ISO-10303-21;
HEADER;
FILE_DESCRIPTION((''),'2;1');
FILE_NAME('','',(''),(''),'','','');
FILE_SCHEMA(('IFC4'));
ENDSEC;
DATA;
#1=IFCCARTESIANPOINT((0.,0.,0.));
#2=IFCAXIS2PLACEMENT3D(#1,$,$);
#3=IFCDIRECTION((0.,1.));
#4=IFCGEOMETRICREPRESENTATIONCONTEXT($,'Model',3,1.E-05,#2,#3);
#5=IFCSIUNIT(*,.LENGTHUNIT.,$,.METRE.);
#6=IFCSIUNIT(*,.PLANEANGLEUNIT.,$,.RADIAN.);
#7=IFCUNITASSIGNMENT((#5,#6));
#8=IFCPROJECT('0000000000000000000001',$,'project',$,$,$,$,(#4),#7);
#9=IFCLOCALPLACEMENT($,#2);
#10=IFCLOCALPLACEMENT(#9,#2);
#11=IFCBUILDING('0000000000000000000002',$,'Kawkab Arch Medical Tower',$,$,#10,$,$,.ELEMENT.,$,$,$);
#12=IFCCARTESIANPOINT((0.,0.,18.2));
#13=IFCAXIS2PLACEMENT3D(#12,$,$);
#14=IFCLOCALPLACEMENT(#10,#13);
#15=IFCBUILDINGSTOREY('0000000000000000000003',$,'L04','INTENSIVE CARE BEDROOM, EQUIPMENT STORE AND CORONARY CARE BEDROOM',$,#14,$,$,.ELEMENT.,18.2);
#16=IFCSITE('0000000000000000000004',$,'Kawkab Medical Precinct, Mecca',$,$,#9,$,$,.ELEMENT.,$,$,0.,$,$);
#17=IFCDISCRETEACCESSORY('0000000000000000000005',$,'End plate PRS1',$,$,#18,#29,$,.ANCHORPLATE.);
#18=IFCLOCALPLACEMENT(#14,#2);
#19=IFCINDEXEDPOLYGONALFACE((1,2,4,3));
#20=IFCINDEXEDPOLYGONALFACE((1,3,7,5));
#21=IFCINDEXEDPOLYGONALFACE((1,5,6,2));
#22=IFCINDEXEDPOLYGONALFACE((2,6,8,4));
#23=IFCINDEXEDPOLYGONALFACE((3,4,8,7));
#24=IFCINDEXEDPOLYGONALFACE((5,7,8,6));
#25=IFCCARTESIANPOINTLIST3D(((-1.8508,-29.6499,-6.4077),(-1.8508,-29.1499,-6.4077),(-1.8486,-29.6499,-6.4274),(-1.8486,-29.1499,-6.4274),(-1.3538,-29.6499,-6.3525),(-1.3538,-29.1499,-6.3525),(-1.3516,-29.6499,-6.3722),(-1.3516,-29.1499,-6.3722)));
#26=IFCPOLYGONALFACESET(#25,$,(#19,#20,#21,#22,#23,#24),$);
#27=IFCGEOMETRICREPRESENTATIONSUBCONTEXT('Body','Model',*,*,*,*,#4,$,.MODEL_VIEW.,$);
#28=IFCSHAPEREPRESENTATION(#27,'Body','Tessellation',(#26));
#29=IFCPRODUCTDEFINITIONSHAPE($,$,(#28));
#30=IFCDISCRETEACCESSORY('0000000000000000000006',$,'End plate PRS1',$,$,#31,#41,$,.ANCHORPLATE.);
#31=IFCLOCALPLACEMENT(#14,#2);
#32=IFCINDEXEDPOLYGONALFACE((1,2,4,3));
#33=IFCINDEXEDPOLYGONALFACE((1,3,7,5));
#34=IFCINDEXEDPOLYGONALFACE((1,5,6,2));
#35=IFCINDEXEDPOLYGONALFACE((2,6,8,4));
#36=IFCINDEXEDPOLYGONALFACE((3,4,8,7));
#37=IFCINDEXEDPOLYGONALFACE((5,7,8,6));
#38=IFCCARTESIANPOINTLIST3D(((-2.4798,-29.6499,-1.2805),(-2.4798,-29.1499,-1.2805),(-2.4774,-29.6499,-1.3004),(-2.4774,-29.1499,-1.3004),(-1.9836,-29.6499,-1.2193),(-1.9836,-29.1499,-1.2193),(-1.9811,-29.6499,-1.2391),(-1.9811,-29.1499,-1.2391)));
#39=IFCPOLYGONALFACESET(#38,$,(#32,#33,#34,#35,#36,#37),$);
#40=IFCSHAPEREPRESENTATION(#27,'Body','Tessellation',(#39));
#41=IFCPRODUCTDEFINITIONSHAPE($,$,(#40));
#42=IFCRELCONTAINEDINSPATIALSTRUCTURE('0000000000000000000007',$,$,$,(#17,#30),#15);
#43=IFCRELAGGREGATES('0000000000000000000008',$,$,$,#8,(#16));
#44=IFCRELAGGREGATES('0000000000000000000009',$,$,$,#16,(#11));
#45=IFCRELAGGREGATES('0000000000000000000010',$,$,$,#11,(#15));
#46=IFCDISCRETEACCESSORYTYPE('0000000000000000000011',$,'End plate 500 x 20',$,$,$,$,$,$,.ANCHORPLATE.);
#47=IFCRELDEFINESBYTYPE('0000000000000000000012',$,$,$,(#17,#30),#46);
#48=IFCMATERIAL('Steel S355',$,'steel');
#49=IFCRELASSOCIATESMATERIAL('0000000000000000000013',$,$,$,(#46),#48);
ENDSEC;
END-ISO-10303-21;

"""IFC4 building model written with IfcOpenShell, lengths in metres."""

from ifc_helpers import new_model, si_unit, direction, frame, origin, origin_2d, place, context, subcontext, project, spatial, rectangle, extrude, material, material_profile, profile_set, type_object, element, save


model = new_model("IFC4")

# Units and contexts
model_context = context("Model", 3, precision=1e-05, world=origin(), true_north=direction((0.0, 1.0)))
body_context = subcontext(model_context, "Body", "Model", "MODEL_VIEW")
ifc_project = project(units=[si_unit("LENGTHUNIT", "METRE"), si_unit("PLANEANGLEUNIT", "RADIAN")], contexts=[model_context])

# Site, building, storey
site_placement = place(None, origin())
site = spatial("IfcSite", under=ifc_project, at=site_placement, Name="Kawkab Medical Precinct, Mecca", CompositionType="ELEMENT", RefElevation=0.0)
building_placement = place(site_placement, origin())
building = spatial("IfcBuilding", under=site, at=building_placement, Name="Kawkab Arch Medical Tower", CompositionType="ELEMENT")
storey_placement = place(building_placement, frame((0.0, 0.0, 18.2)))
storey = spatial("IfcBuildingStorey", under=building, at=storey_placement, Name="L04", Description="INTENSIVE CARE BEDROOM, EQUIPMENT STORE AND CORONARY CARE BEDROOM", CompositionType="ELEMENT", Elevation=18.2)

# Discrete accessories
ifc_material_1 = material(Name="Steel S355", Category="steel")
ifc_material_profile_1 = material_profile(ifc_material_1, rectangle(XDim=0.5, YDim=0.5, at=origin_2d()), Name="End plate 500 x 20")
ifc_profile_set_1 = profile_set([ifc_material_profile_1], Name="Steel S355")
discrete_accessory_type = type_object("IfcDiscreteAccessoryType", Name="End plate 500 x 20", PredefinedType="ANCHORPLATE", material=ifc_profile_set_1)
discrete_accessory_1_placement = place(storey_placement, frame((-1.6023, -29.3999, -6.3801), z_axis=(0.110432, 0.0, -0.993884), x_axis=(0.0, 1.0, 0.0)))
element("IfcDiscreteAccessory", 1, at=discrete_accessory_1_placement, inside=storey, type_object=discrete_accessory_type, Name="End plate PRS1", PredefinedType="ANCHORPLATE", context=body_context, shape_type="SweptSolid", body=[
    extrude(rectangle(XDim=0.5, YDim=0.5, at=origin_2d()), origin(), (0.0, 0.0, 1.0), 0.0198),
])
discrete_accessory_2_placement = place(storey_placement, frame((-2.2292, -29.3999, -1.2698), z_axis=(-0.122527, 0.0, 0.992465), x_axis=(0.0, -1.0, 0.0)))
element("IfcDiscreteAccessory", 2, at=discrete_accessory_2_placement, inside=storey, type_object=discrete_accessory_type, Name="End plate PRS1", PredefinedType="ANCHORPLATE", context=body_context, shape_type="SweptSolid", body=[
    extrude(rectangle(XDim=0.5, YDim=0.5, at=origin_2d()), origin(), (0.0, 0.0, 1.0), 0.02),
])

save(model, "model.ifc")
